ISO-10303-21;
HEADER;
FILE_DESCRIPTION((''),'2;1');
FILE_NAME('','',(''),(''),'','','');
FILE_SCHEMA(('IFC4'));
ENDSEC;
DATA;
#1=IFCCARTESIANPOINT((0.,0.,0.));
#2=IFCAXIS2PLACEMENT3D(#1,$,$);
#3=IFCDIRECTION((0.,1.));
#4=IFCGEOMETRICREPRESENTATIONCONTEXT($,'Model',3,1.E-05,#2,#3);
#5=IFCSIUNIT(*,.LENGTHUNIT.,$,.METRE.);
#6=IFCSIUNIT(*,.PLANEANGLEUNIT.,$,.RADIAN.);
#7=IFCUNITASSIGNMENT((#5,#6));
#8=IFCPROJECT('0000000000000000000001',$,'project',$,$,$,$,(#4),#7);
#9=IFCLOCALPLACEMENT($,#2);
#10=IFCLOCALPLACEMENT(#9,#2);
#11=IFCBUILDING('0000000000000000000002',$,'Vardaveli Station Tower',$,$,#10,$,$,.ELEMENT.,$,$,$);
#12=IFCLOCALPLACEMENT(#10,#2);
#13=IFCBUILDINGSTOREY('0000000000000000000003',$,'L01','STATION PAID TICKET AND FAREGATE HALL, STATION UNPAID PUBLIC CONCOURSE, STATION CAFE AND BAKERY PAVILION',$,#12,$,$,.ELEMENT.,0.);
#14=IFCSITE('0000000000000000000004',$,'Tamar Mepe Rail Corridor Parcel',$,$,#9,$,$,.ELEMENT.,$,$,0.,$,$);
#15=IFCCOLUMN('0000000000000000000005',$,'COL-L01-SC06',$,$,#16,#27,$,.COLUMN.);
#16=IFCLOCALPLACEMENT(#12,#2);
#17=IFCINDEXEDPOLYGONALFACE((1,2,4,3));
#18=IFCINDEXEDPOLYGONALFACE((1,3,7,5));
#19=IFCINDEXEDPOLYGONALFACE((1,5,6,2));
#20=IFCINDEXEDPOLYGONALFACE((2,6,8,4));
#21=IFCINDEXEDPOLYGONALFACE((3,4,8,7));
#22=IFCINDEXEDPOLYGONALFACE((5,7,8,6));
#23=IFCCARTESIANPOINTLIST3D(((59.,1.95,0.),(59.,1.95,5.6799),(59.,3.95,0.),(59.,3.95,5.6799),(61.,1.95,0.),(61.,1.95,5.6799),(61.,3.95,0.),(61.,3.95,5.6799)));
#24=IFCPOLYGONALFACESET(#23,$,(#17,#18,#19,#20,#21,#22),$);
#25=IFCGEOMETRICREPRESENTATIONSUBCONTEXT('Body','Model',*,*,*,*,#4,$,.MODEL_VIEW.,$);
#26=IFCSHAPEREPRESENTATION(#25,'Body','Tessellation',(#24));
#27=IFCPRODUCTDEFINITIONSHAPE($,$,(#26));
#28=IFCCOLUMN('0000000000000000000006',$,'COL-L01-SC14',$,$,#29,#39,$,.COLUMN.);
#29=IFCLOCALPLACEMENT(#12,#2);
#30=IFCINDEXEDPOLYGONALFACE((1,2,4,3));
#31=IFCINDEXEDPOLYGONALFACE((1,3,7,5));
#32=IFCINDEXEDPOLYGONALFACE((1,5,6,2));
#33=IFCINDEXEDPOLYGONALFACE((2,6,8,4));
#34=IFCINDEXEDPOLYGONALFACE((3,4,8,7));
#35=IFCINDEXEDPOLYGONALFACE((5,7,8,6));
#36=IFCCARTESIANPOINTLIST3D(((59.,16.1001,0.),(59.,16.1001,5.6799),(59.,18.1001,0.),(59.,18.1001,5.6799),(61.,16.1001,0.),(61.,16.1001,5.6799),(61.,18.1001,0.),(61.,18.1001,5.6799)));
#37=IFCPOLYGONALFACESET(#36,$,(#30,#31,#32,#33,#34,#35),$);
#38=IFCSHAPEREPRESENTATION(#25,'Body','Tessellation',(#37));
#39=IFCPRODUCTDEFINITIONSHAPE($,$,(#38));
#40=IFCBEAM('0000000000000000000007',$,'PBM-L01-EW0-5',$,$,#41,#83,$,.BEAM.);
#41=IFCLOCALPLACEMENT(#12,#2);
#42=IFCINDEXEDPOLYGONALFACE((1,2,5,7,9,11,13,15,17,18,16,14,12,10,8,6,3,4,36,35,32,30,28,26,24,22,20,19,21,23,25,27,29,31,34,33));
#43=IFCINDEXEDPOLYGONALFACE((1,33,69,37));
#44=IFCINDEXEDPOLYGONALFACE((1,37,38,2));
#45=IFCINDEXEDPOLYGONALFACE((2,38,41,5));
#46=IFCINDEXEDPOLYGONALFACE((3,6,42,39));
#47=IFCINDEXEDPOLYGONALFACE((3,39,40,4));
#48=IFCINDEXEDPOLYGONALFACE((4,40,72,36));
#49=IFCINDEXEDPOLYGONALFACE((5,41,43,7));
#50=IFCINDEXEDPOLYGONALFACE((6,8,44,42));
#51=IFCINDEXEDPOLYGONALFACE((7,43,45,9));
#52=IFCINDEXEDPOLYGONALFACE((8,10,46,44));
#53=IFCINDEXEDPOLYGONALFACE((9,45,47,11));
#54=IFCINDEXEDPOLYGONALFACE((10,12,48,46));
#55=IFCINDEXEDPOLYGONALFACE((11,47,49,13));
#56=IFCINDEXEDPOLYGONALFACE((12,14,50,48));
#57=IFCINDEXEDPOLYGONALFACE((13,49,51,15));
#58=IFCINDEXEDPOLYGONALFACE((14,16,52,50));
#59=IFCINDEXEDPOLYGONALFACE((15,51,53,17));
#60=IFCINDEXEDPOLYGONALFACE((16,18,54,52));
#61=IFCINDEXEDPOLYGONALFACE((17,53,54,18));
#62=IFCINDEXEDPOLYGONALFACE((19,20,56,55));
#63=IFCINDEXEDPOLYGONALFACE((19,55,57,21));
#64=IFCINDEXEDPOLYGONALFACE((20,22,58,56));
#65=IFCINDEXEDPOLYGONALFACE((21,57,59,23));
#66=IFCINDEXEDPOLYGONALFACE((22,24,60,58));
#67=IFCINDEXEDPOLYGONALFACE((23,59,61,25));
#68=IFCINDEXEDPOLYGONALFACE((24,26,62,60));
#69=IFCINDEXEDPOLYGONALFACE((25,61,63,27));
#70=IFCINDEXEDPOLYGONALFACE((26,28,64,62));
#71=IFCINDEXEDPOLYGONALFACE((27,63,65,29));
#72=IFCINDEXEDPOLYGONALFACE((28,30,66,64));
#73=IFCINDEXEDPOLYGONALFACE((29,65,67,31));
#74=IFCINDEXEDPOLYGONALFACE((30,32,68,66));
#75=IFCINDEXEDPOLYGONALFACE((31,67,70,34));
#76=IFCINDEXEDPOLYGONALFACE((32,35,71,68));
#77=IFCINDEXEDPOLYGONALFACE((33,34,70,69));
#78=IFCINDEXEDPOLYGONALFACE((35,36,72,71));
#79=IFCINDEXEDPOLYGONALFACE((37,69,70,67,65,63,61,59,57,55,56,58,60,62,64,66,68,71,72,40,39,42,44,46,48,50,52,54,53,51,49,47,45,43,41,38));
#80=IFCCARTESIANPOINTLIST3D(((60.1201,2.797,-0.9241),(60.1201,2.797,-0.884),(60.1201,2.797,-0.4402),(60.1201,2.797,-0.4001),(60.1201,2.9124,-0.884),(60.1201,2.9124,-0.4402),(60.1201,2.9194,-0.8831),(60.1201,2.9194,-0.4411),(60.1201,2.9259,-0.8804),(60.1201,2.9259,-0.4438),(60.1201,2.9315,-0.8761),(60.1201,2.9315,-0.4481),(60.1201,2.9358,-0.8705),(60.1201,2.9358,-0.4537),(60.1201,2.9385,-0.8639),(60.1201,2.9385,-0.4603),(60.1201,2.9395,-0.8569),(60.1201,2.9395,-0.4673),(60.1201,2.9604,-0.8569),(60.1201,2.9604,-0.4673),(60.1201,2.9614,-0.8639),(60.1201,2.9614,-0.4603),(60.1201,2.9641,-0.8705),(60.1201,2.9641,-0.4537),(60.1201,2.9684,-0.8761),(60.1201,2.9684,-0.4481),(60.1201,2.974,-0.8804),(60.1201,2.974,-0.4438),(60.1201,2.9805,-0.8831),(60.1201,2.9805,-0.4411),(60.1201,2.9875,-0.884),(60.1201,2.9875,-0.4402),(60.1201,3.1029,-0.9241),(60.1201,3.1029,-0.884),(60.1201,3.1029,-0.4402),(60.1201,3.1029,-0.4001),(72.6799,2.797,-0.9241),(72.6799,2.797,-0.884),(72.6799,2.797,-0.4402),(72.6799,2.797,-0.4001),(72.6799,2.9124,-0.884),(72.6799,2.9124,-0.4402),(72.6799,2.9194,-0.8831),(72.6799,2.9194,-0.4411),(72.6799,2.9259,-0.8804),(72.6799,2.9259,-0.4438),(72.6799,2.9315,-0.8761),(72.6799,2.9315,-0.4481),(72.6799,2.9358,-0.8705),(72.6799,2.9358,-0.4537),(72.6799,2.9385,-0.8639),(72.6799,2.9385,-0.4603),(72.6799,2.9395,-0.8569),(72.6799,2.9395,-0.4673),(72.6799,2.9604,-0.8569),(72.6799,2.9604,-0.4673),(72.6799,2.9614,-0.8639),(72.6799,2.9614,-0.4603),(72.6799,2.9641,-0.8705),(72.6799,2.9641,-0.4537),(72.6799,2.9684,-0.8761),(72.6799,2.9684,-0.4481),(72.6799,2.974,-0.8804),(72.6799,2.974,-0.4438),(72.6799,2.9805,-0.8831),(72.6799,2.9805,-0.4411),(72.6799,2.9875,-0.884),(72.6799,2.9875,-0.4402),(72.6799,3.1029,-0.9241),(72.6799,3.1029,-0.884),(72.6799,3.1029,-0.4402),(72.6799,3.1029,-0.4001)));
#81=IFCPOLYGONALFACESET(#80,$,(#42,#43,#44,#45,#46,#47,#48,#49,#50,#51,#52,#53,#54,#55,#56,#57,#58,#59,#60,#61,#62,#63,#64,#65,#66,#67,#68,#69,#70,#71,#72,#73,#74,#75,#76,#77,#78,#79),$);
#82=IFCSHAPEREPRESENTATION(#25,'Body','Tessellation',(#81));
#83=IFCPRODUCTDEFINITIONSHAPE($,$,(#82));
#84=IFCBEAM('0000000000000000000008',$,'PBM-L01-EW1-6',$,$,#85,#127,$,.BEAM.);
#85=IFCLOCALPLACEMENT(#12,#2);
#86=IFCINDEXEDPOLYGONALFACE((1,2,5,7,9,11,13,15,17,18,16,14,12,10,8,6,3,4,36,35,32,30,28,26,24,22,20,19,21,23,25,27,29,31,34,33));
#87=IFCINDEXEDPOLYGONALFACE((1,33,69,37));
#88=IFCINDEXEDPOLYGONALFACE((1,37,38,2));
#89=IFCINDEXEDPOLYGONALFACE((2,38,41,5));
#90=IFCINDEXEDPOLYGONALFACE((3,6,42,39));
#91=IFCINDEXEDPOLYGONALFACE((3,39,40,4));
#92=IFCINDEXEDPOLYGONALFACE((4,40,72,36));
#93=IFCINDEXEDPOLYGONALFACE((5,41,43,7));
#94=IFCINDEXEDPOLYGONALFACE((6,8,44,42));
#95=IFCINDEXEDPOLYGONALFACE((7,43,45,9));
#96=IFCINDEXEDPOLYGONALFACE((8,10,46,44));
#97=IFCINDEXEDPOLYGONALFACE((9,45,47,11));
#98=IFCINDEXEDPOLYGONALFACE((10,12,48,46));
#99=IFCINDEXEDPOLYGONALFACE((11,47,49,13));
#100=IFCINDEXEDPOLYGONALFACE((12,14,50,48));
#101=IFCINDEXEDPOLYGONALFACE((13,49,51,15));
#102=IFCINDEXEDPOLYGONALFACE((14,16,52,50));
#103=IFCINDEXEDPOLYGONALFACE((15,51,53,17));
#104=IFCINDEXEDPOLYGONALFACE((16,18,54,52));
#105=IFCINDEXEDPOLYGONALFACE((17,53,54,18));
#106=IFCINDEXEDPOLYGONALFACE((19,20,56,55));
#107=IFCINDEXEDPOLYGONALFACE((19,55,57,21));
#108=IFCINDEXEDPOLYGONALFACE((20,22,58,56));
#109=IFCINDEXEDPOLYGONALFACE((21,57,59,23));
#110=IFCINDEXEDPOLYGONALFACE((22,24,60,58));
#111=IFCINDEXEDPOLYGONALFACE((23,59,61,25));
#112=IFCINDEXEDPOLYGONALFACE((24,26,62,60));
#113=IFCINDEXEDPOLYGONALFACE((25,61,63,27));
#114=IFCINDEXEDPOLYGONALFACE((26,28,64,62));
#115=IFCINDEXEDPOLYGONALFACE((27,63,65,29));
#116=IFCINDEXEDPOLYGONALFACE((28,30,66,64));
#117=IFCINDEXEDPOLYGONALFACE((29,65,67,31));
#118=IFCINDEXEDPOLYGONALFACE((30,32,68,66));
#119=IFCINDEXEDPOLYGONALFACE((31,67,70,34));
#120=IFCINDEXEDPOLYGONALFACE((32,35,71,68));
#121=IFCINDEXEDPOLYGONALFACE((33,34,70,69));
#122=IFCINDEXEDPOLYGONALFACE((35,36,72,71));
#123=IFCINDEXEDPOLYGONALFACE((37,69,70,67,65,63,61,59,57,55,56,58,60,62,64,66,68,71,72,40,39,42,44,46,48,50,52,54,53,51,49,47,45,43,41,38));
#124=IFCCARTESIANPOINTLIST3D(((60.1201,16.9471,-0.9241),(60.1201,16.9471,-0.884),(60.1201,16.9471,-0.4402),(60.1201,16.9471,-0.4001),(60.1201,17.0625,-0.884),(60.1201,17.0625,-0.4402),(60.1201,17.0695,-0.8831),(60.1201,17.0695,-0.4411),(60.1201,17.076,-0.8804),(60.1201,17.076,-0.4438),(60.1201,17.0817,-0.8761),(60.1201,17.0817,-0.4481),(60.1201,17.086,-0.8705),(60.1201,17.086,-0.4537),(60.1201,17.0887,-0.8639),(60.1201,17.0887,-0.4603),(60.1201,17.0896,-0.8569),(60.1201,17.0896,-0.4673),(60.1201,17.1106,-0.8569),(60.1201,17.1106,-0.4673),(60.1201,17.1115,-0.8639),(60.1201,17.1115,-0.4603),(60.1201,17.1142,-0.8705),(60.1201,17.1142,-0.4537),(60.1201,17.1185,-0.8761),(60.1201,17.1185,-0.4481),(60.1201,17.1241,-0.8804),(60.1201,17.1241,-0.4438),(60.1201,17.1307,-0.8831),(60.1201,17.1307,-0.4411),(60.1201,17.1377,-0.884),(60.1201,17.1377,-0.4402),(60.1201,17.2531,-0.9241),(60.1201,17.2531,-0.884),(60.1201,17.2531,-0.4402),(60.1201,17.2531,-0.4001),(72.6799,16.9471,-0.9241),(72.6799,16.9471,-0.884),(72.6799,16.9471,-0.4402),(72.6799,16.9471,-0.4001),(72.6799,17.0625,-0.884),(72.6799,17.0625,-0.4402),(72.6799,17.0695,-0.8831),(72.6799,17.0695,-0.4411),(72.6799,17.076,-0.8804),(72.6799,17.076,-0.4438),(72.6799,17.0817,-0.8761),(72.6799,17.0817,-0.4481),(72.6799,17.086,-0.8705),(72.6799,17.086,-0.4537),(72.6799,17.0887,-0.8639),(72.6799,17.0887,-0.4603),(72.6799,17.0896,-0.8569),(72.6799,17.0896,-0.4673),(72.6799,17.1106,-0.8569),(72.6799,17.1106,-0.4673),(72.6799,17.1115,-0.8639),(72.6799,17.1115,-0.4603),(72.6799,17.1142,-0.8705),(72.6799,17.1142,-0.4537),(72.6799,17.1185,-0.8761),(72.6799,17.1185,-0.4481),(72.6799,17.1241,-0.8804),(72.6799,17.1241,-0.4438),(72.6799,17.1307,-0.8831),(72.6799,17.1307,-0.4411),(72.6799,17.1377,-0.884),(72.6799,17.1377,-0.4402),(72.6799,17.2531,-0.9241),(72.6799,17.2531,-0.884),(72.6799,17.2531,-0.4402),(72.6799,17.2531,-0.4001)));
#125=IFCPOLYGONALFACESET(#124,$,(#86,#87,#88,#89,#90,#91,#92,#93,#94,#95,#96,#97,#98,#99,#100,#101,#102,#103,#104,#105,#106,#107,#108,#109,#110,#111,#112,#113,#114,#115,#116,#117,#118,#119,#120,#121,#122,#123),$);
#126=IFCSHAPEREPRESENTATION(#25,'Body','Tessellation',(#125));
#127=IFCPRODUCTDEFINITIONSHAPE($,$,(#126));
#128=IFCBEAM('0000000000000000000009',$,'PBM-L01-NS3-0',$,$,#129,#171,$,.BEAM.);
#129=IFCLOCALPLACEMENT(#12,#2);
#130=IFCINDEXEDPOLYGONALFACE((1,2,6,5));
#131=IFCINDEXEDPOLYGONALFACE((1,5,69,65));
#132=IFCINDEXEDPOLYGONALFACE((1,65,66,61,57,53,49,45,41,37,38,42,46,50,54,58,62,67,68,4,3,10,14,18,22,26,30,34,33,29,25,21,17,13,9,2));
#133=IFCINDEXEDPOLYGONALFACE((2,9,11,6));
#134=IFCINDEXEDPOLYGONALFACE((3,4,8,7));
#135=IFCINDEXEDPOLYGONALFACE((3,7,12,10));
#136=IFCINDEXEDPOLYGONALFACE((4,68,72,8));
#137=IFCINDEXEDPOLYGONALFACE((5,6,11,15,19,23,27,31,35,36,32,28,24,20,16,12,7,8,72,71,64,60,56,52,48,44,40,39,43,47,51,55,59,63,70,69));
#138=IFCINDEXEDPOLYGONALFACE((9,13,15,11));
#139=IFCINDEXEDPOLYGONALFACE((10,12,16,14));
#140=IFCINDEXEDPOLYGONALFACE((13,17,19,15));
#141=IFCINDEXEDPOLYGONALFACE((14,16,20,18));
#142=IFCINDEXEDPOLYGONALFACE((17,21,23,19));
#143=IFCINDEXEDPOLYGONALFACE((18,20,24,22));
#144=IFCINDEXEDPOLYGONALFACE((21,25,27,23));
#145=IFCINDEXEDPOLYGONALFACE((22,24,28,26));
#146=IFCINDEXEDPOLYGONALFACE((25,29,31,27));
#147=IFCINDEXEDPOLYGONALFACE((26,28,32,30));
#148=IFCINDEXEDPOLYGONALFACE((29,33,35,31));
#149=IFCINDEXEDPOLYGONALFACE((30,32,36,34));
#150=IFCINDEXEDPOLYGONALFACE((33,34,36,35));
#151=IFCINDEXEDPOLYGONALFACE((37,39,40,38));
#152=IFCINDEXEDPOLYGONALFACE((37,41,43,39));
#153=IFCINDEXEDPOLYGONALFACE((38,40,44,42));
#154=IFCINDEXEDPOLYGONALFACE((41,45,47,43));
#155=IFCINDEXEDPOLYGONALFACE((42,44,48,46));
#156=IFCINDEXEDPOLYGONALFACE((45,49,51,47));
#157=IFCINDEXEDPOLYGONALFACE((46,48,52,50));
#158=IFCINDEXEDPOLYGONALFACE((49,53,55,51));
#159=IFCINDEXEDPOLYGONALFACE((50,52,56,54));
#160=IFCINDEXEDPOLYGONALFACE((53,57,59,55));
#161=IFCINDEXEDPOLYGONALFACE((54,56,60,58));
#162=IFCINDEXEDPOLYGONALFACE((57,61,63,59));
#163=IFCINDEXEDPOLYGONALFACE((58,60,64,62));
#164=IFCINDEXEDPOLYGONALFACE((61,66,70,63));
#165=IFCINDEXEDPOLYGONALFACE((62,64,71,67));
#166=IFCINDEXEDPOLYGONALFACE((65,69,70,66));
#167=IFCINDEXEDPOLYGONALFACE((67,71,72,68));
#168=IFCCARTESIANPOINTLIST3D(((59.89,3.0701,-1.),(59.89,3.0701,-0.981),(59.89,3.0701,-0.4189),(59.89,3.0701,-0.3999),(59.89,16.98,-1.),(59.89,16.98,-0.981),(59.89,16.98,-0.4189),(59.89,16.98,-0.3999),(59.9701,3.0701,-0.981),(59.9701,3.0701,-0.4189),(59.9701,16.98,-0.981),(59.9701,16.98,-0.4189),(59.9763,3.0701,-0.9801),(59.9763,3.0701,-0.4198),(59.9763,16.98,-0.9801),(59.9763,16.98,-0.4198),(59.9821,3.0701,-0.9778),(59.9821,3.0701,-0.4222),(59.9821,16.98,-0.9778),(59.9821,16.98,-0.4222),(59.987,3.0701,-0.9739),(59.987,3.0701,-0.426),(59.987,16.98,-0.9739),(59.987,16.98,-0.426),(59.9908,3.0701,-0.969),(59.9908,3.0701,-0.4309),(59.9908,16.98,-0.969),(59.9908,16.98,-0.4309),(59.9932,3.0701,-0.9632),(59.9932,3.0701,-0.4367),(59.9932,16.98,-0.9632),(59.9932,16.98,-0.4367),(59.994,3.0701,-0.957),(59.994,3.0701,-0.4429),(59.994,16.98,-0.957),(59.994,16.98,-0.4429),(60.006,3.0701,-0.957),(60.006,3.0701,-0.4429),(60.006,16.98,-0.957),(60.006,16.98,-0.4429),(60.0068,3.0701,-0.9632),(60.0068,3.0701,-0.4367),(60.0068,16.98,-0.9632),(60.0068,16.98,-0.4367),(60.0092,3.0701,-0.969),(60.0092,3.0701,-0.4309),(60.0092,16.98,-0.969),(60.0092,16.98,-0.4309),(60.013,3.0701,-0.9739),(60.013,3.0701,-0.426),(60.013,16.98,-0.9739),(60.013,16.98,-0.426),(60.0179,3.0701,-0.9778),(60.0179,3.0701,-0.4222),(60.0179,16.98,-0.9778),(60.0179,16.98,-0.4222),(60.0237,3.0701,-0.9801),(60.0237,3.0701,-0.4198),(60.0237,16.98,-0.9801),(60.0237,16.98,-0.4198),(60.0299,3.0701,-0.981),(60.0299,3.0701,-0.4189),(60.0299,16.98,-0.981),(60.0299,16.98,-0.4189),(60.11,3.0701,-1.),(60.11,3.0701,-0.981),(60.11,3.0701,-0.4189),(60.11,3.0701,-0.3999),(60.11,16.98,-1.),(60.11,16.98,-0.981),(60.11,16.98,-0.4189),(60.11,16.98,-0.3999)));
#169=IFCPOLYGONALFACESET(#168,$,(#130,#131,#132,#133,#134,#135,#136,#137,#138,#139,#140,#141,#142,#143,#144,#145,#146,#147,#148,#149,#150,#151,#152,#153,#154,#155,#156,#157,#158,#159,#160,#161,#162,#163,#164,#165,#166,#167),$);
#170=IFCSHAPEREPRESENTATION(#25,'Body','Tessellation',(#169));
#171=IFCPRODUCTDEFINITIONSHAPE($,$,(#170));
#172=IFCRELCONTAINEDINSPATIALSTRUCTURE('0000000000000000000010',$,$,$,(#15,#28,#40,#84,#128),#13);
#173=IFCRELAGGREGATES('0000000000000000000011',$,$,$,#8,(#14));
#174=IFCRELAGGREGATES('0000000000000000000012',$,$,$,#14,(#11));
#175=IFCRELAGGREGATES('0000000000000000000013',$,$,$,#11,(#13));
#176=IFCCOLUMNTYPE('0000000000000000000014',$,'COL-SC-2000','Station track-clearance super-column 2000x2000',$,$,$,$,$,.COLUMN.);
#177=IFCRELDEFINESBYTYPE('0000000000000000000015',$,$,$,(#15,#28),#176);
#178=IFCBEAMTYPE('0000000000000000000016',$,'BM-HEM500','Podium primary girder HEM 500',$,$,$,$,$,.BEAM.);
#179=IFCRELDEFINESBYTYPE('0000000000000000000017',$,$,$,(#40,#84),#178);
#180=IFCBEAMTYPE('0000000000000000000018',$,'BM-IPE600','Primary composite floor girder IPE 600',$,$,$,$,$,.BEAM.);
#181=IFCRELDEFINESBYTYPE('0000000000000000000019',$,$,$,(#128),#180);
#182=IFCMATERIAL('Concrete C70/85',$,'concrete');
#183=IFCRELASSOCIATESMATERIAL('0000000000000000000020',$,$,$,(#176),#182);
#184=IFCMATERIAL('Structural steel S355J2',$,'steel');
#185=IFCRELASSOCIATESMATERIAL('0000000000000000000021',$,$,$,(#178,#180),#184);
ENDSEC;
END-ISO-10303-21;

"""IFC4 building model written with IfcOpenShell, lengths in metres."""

from ifc_helpers import new_model, si_unit, direction, frame, origin, origin_2d, place, context, subcontext, project, spatial, rectangle, i_section, extrude, source, transform, mapped, material, material_profile, profile_set, type_object, element, save


model = new_model("IFC4")

# Units and contexts
model_context = context("Model", 3, precision=1e-05, world=origin(), true_north=direction((0.0, 1.0)))
body_context = subcontext(model_context, "Body", "Model", "MODEL_VIEW")
ifc_project = project(units=[si_unit("LENGTHUNIT", "METRE"), si_unit("PLANEANGLEUNIT", "RADIAN")], contexts=[model_context])

# Site, building, storey
site_placement = place(None, origin())
site = spatial("IfcSite", under=ifc_project, at=site_placement, Name="Tamar Mepe Rail Corridor Parcel", CompositionType="ELEMENT", RefElevation=0.0)
building_placement = place(site_placement, origin())
building = spatial("IfcBuilding", under=site, at=building_placement, Name="Vardaveli Station Tower", CompositionType="ELEMENT")
storey_placement = place(building_placement, origin())
storey = spatial("IfcBuildingStorey", under=building, at=storey_placement, Name="L01", Description="STATION PAID TICKET AND FAREGATE HALL, STATION UNPAID PUBLIC CONCOURSE, STATION CAFE AND BAKERY PAVILION", CompositionType="ELEMENT", Elevation=0.0)

# Columns
ifc_material_1 = material(Name="Concrete C70/85", Category="concrete")
ifc_material_profile_1 = material_profile(ifc_material_1, rectangle(XDim=2.0, YDim=2.0, at=origin_2d()), Name="SC 2000x2000")
ifc_profile_set_1 = profile_set([ifc_material_profile_1], Name="Concrete C70/85")
column_type = type_object("IfcColumnType", Name="COL-SC-2000", Description="Station track-clearance super-column 2000x2000", PredefinedType="COLUMN", material=ifc_profile_set_1)
shared_shape_1 = source(origin(), body_context, "Body", "SweptSolid", [
    extrude(rectangle(XDim=2.0, YDim=2.0, at=origin_2d()), origin(), (0.0, 0.0, 1.0), 5.6799),
])
for number, where, z_axis, x_axis, name in (
    (1, (60.0, 2.95, 0.0), (0.0, 0.0, 1.0), (1.0, 0.0, 0.0), "COL-L01-SC06"),
    (2, (60.0, 17.1001, 0.0), (0.0, 0.0, 1.0), (1.0, 0.0, 0.0), "COL-L01-SC14"),
):
    element("IfcColumn", number, at=place(storey_placement, frame(where, z_axis=z_axis, x_axis=x_axis)), inside=storey, type_object=column_type, Name=name, PredefinedType="COLUMN", context=body_context, shape_type="MappedRepresentation", body=[
        mapped(shared_shape_1, transform((0.0, 0.0, 0.0), scale=1.0)),
    ])

# Beams
ifc_material_2 = material(Name="Structural steel S355J2", Category="steel")
ifc_material_profile_2 = material_profile(ifc_material_2, i_section(OverallWidth=0.3059, OverallDepth=0.5239, WebThickness=0.021, FlangeThickness=0.04, FilletRadius=0.0271, at=origin_2d()), Name="HEM 500")
ifc_profile_set_2 = profile_set([ifc_material_profile_2], Name="Structural steel S355J2")
beam_type_1 = type_object("IfcBeamType", Name="BM-HEM500", Description="Podium primary girder HEM 500", PredefinedType="BEAM", material=ifc_profile_set_2)
shared_shape_2 = source(origin(), body_context, "Body", "SweptSolid", [
    extrude(i_section(OverallWidth=0.3059, OverallDepth=0.5239, WebThickness=0.021, FlangeThickness=0.04, FilletRadius=0.0271, at=origin_2d()), origin(), (0.0, 0.0, 1.0), 12.5598),
])
for number, where, z_axis, x_axis, name in (
    (3, (60.1201, 2.95, -0.6621), (1.0, 0.0, 0.0), (0.0, 1.0, 0.0), "PBM-L01-EW0-5"),
    (4, (60.1201, 17.1001, -0.6621), (1.0, 0.0, 0.0), (0.0, 1.0, 0.0), "PBM-L01-EW1-6"),
):
    element("IfcBeam", number, at=place(storey_placement, frame(where, z_axis=z_axis, x_axis=x_axis)), inside=storey, type_object=beam_type_1, Name=name, PredefinedType="BEAM", context=body_context, shape_type="MappedRepresentation", body=[
        mapped(shared_shape_2, transform((0.0, 0.0, 0.0), scale=1.0)),
    ])
ifc_material_profile_3 = material_profile(ifc_material_2, i_section(OverallWidth=0.22, OverallDepth=0.6001, WebThickness=0.012, FlangeThickness=0.019, FilletRadius=0.0239, at=origin_2d()), Name="IPE 600")
ifc_profile_set_3 = profile_set([ifc_material_profile_3], Name="Structural steel S355J2")
beam_type_2 = type_object("IfcBeamType", Name="BM-IPE600", Description="Primary composite floor girder IPE 600", PredefinedType="BEAM", material=ifc_profile_set_3)
shared_shape_3 = source(origin(), body_context, "Body", "SweptSolid", [
    extrude(i_section(OverallWidth=0.22, OverallDepth=0.6001, WebThickness=0.012, FlangeThickness=0.019, FilletRadius=0.0239, at=origin_2d()), origin(), (0.0, 0.0, 1.0), 13.9099),
])
beam_1_placement = place(storey_placement, frame((60.0, 3.0701, -0.7), z_axis=(0.0, 1.0, 0.0), x_axis=(-1.0, 0.0, 0.0)))
element("IfcBeam", 5, at=beam_1_placement, inside=storey, type_object=beam_type_2, Name="PBM-L01-NS3-0", PredefinedType="BEAM", context=body_context, shape_type="MappedRepresentation", body=[
    mapped(shared_shape_3, transform((0.0, 0.0, 0.0), scale=1.0)),
])

save(model, "model.ifc")
